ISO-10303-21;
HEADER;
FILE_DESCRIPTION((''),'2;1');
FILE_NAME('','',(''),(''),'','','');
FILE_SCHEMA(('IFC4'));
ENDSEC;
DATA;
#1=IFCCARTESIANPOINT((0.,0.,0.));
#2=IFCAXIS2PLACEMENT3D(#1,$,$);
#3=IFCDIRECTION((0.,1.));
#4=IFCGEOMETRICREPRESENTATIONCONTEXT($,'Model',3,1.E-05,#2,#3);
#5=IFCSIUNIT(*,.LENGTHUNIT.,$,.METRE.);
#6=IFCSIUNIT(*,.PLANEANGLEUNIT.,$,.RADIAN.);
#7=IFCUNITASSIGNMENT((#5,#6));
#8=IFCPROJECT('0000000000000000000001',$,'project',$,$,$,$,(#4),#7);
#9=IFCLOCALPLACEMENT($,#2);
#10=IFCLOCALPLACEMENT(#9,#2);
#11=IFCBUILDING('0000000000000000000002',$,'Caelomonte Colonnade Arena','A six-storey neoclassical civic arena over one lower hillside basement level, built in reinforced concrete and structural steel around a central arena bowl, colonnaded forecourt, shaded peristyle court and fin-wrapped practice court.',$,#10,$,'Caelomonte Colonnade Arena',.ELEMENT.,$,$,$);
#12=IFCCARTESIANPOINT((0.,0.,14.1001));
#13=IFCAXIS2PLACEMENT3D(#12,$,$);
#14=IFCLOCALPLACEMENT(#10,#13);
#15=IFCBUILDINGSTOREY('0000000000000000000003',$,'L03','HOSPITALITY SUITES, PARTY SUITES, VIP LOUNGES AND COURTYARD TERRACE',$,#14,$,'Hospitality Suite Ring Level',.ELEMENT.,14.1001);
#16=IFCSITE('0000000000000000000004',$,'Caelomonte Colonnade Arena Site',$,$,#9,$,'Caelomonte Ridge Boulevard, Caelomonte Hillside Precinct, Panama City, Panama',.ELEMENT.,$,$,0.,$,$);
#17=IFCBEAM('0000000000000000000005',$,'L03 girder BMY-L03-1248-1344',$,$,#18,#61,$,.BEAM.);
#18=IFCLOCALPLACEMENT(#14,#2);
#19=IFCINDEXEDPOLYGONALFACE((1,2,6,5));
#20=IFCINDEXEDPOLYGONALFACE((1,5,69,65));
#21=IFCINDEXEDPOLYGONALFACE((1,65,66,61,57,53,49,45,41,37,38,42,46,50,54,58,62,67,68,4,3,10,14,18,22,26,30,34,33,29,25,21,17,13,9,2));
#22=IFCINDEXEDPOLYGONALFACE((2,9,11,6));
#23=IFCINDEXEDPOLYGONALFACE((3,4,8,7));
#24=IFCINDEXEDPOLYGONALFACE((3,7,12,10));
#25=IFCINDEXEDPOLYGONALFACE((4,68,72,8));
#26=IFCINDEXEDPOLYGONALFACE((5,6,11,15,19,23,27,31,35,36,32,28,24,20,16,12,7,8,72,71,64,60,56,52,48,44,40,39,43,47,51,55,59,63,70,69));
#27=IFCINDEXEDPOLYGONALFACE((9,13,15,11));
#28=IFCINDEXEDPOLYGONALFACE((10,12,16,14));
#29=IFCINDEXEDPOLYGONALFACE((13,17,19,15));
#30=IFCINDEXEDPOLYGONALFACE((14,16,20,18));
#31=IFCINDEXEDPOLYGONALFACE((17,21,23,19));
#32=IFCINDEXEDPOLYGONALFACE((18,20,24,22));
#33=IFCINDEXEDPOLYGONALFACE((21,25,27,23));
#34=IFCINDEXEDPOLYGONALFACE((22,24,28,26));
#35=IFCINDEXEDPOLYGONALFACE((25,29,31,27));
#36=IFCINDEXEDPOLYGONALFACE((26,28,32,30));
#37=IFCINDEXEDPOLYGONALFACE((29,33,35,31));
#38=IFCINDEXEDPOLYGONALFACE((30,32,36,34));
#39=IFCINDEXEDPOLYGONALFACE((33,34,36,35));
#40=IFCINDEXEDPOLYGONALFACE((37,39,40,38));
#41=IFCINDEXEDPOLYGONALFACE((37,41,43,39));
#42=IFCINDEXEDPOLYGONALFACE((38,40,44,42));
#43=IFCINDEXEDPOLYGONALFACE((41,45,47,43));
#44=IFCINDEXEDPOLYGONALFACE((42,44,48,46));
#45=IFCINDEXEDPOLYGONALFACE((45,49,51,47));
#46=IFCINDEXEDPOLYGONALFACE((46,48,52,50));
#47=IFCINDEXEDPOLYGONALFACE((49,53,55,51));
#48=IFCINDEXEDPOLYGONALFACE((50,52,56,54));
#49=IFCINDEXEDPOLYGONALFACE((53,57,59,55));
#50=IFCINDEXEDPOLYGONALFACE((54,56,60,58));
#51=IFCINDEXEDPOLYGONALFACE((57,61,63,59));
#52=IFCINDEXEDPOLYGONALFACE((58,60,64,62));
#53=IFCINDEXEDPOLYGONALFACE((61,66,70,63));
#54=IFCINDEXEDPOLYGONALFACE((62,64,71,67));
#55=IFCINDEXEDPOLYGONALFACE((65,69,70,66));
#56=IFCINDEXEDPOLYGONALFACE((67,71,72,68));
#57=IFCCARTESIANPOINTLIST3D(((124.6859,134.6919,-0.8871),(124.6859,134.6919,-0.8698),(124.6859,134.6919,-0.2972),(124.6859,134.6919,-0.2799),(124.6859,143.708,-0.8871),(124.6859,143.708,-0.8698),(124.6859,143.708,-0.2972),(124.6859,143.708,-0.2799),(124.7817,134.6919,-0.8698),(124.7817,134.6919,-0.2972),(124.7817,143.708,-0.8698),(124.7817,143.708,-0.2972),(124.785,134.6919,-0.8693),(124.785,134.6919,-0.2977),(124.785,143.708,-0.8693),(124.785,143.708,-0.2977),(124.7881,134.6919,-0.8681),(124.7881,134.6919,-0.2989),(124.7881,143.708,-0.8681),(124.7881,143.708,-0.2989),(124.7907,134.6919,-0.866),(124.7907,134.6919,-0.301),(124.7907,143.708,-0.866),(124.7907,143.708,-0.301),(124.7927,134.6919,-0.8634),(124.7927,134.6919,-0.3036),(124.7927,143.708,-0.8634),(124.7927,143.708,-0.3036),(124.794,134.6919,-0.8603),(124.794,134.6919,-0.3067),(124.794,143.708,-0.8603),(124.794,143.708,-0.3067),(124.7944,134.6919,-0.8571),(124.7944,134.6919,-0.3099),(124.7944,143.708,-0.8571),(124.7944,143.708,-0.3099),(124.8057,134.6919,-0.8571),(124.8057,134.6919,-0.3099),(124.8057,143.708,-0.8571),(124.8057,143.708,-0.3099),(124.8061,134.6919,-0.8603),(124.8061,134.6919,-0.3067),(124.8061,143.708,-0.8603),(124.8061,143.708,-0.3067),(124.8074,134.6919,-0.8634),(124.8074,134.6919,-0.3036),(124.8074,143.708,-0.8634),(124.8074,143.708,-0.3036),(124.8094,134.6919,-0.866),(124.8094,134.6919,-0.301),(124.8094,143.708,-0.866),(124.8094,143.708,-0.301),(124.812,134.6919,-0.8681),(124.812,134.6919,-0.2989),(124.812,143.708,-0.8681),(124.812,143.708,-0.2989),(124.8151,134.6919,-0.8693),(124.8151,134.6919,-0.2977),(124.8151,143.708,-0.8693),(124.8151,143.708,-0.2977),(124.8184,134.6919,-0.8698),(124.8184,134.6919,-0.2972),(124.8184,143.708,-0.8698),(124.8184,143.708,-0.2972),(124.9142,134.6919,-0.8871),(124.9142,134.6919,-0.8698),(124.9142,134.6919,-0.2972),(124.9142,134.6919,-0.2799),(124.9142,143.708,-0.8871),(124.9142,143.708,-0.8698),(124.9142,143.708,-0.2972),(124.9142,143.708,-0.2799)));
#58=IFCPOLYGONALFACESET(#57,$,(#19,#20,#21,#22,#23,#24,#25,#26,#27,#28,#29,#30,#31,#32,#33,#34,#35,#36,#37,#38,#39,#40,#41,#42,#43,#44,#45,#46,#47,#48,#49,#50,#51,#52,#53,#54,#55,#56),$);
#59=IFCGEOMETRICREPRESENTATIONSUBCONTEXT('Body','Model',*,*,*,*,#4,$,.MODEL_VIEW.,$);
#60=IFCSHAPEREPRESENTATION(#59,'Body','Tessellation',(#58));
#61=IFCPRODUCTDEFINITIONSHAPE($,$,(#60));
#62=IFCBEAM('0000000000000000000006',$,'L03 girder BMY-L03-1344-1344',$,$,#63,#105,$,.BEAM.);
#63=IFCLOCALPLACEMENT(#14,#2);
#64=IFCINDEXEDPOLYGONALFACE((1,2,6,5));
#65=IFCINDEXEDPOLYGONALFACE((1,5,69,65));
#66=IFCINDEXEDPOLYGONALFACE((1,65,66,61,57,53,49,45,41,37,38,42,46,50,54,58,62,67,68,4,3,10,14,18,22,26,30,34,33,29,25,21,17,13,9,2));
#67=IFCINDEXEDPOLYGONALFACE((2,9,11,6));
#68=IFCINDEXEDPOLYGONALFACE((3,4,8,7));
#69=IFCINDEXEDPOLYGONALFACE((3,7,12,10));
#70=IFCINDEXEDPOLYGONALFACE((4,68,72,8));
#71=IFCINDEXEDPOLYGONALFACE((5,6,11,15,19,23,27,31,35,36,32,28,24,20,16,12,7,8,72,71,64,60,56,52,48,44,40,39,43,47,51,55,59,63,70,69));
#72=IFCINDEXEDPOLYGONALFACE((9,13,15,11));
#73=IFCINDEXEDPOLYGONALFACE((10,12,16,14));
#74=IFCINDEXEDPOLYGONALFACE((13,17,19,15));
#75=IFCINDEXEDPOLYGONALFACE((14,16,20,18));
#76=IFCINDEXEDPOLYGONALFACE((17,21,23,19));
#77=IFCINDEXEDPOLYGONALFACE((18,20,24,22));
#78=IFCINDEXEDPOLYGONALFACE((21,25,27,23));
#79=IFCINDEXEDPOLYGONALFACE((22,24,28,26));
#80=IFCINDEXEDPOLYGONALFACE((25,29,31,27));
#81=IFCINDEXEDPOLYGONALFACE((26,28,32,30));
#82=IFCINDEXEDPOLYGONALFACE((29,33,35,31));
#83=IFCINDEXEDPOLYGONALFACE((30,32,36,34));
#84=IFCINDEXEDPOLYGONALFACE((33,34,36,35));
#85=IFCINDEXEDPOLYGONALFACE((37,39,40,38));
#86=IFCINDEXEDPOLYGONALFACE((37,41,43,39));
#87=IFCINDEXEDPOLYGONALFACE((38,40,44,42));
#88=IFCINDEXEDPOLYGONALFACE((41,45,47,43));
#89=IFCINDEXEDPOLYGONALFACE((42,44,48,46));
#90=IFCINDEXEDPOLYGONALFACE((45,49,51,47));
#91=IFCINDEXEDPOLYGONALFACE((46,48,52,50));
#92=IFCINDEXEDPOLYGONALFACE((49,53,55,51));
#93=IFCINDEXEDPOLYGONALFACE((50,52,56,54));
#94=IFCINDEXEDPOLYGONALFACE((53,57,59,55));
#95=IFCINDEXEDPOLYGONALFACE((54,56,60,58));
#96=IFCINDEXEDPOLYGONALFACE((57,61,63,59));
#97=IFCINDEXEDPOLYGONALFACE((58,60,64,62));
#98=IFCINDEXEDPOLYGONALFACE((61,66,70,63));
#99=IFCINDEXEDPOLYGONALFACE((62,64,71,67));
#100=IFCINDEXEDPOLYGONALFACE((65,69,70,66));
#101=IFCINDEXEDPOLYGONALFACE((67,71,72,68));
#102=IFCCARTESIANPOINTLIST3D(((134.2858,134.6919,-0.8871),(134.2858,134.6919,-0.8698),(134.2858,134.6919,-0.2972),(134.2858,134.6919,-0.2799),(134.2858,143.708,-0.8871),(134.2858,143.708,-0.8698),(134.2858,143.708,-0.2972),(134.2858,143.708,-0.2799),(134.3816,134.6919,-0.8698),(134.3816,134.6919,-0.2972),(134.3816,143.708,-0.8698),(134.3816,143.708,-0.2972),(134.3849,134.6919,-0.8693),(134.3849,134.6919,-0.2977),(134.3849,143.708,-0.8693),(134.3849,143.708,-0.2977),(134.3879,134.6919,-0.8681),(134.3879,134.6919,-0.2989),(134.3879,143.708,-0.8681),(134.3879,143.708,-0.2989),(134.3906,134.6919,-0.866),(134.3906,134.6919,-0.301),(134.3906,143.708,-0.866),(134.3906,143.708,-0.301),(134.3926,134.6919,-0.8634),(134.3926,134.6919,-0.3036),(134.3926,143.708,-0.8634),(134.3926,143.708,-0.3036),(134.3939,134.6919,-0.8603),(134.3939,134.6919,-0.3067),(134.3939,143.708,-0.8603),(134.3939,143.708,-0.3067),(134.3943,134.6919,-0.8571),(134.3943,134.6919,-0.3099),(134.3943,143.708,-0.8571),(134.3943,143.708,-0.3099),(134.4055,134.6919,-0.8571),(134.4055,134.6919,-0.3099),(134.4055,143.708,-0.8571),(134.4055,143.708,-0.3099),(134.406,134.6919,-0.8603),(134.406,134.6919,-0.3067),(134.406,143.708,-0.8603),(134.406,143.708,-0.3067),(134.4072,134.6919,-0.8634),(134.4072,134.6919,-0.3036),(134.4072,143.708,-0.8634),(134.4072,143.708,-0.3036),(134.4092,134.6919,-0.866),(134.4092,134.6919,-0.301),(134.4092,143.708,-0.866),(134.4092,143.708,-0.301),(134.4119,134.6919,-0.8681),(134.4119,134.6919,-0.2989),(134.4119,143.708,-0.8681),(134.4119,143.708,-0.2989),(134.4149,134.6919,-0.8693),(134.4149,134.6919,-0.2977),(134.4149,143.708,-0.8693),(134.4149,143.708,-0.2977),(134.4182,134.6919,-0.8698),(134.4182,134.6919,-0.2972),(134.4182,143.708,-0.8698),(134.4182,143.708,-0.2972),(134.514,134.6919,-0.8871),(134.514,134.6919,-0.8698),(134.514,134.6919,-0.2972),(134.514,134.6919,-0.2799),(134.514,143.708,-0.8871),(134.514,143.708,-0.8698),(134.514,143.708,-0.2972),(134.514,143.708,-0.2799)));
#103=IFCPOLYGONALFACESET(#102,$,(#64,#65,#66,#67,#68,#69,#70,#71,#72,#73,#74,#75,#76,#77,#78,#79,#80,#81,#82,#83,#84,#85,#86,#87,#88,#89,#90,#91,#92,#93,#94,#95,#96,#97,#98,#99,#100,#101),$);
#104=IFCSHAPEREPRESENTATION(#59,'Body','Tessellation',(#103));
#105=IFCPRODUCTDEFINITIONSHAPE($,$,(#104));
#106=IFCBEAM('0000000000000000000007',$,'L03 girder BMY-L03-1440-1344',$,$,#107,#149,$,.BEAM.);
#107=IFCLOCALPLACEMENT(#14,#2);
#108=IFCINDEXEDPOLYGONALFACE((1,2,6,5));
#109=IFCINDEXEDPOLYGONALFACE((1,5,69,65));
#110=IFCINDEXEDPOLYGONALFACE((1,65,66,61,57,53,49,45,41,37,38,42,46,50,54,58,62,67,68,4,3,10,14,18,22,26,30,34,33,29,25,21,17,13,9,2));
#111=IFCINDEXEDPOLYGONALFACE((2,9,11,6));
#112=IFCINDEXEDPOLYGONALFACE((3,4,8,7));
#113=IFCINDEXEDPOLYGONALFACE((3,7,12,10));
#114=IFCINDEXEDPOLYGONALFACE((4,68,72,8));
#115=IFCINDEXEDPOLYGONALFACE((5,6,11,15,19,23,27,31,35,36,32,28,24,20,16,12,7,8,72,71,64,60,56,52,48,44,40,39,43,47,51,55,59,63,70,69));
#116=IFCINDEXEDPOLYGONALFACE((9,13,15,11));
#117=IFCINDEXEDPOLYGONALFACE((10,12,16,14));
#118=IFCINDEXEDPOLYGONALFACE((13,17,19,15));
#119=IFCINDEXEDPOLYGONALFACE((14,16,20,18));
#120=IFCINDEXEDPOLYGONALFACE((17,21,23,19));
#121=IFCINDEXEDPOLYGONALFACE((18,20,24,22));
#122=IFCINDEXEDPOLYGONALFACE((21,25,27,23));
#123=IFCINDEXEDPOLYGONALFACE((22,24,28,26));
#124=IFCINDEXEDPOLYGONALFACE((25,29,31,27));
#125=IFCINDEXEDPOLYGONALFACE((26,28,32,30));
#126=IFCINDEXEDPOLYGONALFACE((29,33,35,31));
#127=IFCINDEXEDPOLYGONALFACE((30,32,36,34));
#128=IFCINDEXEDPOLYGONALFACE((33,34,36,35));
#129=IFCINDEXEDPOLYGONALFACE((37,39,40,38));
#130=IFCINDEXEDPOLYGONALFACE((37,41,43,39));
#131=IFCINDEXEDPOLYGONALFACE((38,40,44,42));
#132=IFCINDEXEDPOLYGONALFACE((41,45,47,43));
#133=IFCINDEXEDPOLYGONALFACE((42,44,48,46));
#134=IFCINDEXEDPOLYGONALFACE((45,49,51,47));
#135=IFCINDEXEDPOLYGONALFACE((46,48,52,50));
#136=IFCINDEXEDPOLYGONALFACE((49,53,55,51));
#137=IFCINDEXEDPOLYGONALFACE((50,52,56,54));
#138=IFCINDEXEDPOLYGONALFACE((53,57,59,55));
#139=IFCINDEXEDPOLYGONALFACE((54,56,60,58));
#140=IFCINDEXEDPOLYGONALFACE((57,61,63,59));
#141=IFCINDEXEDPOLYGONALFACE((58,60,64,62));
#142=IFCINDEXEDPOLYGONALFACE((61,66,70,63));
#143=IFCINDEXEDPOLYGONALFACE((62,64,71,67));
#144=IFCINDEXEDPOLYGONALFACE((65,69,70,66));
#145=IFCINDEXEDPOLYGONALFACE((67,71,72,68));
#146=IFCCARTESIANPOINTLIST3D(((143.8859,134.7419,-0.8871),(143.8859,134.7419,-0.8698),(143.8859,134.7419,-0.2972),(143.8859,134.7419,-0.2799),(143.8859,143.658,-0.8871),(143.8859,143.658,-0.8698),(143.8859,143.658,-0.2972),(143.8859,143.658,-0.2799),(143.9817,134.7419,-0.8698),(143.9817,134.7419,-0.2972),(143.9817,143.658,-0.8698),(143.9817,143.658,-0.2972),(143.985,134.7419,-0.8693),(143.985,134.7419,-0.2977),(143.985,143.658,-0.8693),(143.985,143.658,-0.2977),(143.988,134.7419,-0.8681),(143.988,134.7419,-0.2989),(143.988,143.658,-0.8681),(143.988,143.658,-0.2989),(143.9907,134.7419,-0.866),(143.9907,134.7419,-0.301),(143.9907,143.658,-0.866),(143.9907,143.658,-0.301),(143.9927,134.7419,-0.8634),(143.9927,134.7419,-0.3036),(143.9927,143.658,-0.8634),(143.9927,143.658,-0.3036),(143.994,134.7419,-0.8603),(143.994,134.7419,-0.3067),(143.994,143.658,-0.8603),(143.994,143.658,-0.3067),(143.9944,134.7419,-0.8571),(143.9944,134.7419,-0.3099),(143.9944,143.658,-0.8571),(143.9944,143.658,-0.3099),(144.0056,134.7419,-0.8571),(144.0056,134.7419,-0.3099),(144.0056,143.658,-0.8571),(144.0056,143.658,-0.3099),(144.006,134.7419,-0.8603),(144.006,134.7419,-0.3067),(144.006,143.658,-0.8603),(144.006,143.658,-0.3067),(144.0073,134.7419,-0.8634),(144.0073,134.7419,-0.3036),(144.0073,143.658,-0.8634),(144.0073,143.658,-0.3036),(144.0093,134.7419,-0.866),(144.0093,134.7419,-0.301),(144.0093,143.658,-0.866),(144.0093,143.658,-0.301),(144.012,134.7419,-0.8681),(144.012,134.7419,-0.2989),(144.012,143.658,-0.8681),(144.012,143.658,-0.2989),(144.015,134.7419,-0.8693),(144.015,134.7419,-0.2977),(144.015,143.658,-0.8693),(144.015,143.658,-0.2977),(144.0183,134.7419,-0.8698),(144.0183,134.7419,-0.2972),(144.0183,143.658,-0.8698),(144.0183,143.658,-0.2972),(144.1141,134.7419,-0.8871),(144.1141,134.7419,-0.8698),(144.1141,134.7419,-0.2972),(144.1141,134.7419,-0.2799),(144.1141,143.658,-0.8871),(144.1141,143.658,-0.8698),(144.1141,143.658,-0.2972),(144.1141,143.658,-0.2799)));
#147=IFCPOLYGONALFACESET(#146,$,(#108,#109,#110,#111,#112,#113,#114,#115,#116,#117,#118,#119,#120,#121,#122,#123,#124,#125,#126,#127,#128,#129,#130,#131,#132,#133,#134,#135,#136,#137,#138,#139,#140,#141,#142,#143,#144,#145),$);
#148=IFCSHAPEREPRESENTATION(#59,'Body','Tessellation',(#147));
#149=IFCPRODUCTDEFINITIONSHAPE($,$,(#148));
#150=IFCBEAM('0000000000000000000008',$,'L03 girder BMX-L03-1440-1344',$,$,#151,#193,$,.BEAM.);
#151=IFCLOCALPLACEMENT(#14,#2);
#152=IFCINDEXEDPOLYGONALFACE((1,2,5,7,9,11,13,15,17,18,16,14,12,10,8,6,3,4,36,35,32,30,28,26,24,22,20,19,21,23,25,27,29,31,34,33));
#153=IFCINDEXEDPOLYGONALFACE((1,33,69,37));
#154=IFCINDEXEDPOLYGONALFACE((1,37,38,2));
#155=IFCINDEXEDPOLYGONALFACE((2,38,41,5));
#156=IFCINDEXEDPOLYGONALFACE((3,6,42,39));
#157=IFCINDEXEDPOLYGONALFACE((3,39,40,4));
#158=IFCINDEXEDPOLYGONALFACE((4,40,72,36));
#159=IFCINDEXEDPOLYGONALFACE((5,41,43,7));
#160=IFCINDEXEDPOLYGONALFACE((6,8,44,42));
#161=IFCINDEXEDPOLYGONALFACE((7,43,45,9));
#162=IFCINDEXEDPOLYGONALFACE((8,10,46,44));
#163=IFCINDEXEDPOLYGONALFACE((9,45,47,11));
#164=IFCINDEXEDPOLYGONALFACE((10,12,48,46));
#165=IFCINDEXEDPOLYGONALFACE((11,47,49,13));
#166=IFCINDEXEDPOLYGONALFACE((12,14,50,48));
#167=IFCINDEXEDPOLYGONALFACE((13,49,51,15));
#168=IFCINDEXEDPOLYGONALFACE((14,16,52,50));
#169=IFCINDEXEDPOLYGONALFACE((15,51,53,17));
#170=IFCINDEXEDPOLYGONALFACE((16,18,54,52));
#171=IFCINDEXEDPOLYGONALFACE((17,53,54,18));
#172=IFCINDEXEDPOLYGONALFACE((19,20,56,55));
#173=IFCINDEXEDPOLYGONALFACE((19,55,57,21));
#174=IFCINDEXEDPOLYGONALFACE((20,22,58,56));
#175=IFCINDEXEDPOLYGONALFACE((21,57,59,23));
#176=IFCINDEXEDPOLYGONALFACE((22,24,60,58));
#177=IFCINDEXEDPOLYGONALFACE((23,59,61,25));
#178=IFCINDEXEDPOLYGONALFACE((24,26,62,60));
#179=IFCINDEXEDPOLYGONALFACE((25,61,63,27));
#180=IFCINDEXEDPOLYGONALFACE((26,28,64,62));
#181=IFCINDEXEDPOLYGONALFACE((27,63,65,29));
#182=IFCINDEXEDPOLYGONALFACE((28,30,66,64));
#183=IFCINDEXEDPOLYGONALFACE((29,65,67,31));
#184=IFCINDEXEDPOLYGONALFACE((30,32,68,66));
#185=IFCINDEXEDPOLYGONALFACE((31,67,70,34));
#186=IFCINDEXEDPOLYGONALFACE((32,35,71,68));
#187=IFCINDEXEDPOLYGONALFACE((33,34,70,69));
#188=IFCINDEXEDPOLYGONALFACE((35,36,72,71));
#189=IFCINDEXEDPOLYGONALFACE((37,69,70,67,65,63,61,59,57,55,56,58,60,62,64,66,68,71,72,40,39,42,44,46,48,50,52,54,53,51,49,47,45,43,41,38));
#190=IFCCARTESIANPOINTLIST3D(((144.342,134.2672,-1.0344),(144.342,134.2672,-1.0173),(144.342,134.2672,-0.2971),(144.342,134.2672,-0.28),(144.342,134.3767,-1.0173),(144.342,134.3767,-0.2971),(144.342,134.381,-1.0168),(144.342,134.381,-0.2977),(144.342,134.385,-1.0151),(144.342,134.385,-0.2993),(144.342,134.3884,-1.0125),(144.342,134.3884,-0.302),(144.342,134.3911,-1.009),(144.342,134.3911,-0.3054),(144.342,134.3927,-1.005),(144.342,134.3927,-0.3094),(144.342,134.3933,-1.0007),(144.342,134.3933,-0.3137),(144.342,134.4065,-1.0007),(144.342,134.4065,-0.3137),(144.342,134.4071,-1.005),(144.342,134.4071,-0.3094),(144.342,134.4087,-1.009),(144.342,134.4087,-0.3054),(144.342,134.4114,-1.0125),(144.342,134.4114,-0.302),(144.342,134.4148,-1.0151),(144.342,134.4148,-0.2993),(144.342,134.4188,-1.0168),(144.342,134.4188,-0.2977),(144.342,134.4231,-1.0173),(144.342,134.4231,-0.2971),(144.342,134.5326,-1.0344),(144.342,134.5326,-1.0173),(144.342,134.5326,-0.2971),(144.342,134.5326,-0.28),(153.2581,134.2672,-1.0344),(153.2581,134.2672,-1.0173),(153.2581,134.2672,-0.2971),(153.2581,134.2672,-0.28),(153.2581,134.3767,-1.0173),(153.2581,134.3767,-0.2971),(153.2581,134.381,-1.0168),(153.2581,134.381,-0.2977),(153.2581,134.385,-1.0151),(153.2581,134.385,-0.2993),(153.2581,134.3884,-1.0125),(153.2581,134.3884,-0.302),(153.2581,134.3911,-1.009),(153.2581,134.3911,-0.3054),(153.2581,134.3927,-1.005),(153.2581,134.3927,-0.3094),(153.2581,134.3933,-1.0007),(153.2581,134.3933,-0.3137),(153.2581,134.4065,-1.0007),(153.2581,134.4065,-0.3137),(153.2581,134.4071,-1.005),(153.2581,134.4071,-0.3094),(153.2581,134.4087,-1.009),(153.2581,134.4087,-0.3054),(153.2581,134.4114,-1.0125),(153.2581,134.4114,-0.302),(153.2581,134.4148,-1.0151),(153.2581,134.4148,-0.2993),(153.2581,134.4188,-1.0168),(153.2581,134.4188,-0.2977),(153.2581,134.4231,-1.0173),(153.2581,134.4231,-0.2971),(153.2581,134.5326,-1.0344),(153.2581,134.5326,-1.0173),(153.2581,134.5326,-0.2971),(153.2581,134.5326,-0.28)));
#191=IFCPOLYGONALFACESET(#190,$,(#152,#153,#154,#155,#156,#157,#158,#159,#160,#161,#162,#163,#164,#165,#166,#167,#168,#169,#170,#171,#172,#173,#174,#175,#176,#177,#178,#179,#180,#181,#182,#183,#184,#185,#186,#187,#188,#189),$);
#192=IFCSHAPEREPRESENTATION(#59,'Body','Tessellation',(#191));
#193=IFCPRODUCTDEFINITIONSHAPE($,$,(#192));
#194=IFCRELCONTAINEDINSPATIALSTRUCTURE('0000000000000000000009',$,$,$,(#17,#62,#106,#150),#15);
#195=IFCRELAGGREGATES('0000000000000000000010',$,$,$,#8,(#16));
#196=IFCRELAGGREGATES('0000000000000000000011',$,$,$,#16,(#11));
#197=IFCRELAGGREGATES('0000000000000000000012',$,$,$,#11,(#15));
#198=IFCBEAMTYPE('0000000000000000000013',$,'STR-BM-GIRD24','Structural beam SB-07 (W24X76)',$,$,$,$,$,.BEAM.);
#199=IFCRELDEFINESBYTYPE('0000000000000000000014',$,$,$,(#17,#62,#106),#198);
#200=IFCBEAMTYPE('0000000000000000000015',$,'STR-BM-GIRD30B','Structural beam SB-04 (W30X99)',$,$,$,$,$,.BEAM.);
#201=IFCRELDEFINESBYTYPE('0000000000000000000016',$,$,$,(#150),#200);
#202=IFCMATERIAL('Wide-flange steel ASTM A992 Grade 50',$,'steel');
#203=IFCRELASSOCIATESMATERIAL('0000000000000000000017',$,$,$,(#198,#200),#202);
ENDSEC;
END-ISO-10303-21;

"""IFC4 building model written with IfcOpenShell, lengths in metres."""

from ifc_helpers import new_model, si_unit, direction, frame, origin, origin_2d, place, context, subcontext, project, spatial, i_section, extrude, material, material_profile, profile_set, type_object, element, save


model = new_model("IFC4")

# Units and contexts
model_context = context("Model", 3, precision=1e-05, world=origin(), true_north=direction((0.0, 1.0)))
body_context = subcontext(model_context, "Body", "Model", "MODEL_VIEW")
ifc_project = project(units=[si_unit("LENGTHUNIT", "METRE"), si_unit("PLANEANGLEUNIT", "RADIAN")], contexts=[model_context])

# Site, building, storey
site_placement = place(None, origin())
site = spatial("IfcSite", under=ifc_project, at=site_placement, Name="Caelomonte Colonnade Arena Site", LongName="Caelomonte Ridge Boulevard, Caelomonte Hillside Precinct, Panama City, Panama", CompositionType="ELEMENT", RefElevation=0.0)
building_placement = place(site_placement, origin())
building = spatial("IfcBuilding", under=site, at=building_placement, Name="Caelomonte Colonnade Arena", Description="A six-storey neoclassical civic arena over one lower hillside basement level, built in reinforced concrete and structural steel around a central arena bowl, colonnaded forecourt, shaded peristyle court and fin-wrapped practice court.", LongName="Caelomonte Colonnade Arena", CompositionType="ELEMENT")
storey_placement = place(building_placement, frame((0.0, 0.0, 14.1001)))
storey = spatial("IfcBuildingStorey", under=building, at=storey_placement, Name="L03", Description="HOSPITALITY SUITES, PARTY SUITES, VIP LOUNGES AND COURTYARD TERRACE", LongName="Hospitality Suite Ring Level", CompositionType="ELEMENT", Elevation=14.1001)

# Beams
ifc_material_1 = material(Name="Wide-flange steel ASTM A992 Grade 50", Category="steel")
ifc_material_profile_1 = material_profile(ifc_material_1, i_section(OverallWidth=0.2283, OverallDepth=0.6072, WebThickness=0.0112, FlangeThickness=0.0173, FilletRadius=0.0127, at=origin_2d()), Name="W24X76")
ifc_profile_set_1 = profile_set([ifc_material_profile_1], Name="Wide-flange steel ASTM A992 Grade 50")
beam_type_1 = type_object("IfcBeamType", Name="STR-BM-GIRD24", Description="Structural beam SB-07 (W24X76)", PredefinedType="BEAM", material=ifc_profile_set_1)
for number, where, z_axis, x_axis, name in (
    (1, (124.8, 134.6919, -0.5835), (0.0, 1.0, 0.0), (-1.0, 0.0, 0.0), "L03 girder BMY-L03-1248-1344"),
    (2, (134.3999, 134.6919, -0.5835), (0.0, 1.0, 0.0), (-1.0, 0.0, 0.0), "L03 girder BMY-L03-1344-1344"),
):
    element("IfcBeam", number, at=place(storey_placement, frame(where, z_axis=z_axis, x_axis=x_axis)), inside=storey, type_object=beam_type_1, Name=name, PredefinedType="BEAM", context=body_context, shape_type="SweptSolid", body=[
        extrude(i_section(OverallWidth=0.2283, OverallDepth=0.6072, WebThickness=0.0112, FlangeThickness=0.0173, FilletRadius=0.0127, at=origin_2d()), origin(), (0.0, 0.0, 1.0), 9.0161),
    ])
beam_1_placement = place(storey_placement, frame((144.0, 134.7419, -0.5835), z_axis=(0.0, 1.0, 0.0), x_axis=(-1.0, 0.0, 0.0)))
element("IfcBeam", 3, at=beam_1_placement, inside=storey, type_object=beam_type_1, Name="L03 girder BMY-L03-1440-1344", PredefinedType="BEAM", context=body_context, shape_type="SweptSolid", body=[
    extrude(i_section(OverallWidth=0.2283, OverallDepth=0.6072, WebThickness=0.0112, FlangeThickness=0.0173, FilletRadius=0.0127, at=origin_2d()), origin(), (0.0, 0.0, 1.0), 8.916),
])
ifc_material_profile_2 = material_profile(ifc_material_1, i_section(OverallWidth=0.2654, OverallDepth=0.7544, WebThickness=0.0132, FlangeThickness=0.0171, FilletRadius=0.0166, at=origin_2d()), Name="W30X99")
ifc_profile_set_2 = profile_set([ifc_material_profile_2], Name="Wide-flange steel ASTM A992 Grade 50")
beam_type_2 = type_object("IfcBeamType", Name="STR-BM-GIRD30B", Description="Structural beam SB-04 (W30X99)", PredefinedType="BEAM", material=ifc_profile_set_2)
beam_2_placement = place(storey_placement, frame((144.342, 134.3999, -0.6572), z_axis=(1.0, 0.0, 0.0), x_axis=(0.0, 1.0, 0.0)))
element("IfcBeam", 4, at=beam_2_placement, inside=storey, type_object=beam_type_2, Name="L03 girder BMX-L03-1440-1344", PredefinedType="BEAM", context=body_context, shape_type="SweptSolid", body=[
    extrude(i_section(OverallWidth=0.2654, OverallDepth=0.7544, WebThickness=0.0132, FlangeThickness=0.0171, FilletRadius=0.0166, at=origin_2d()), origin(), (0.0, 0.0, 1.0), 8.916),
])

save(model, "model.ifc")
